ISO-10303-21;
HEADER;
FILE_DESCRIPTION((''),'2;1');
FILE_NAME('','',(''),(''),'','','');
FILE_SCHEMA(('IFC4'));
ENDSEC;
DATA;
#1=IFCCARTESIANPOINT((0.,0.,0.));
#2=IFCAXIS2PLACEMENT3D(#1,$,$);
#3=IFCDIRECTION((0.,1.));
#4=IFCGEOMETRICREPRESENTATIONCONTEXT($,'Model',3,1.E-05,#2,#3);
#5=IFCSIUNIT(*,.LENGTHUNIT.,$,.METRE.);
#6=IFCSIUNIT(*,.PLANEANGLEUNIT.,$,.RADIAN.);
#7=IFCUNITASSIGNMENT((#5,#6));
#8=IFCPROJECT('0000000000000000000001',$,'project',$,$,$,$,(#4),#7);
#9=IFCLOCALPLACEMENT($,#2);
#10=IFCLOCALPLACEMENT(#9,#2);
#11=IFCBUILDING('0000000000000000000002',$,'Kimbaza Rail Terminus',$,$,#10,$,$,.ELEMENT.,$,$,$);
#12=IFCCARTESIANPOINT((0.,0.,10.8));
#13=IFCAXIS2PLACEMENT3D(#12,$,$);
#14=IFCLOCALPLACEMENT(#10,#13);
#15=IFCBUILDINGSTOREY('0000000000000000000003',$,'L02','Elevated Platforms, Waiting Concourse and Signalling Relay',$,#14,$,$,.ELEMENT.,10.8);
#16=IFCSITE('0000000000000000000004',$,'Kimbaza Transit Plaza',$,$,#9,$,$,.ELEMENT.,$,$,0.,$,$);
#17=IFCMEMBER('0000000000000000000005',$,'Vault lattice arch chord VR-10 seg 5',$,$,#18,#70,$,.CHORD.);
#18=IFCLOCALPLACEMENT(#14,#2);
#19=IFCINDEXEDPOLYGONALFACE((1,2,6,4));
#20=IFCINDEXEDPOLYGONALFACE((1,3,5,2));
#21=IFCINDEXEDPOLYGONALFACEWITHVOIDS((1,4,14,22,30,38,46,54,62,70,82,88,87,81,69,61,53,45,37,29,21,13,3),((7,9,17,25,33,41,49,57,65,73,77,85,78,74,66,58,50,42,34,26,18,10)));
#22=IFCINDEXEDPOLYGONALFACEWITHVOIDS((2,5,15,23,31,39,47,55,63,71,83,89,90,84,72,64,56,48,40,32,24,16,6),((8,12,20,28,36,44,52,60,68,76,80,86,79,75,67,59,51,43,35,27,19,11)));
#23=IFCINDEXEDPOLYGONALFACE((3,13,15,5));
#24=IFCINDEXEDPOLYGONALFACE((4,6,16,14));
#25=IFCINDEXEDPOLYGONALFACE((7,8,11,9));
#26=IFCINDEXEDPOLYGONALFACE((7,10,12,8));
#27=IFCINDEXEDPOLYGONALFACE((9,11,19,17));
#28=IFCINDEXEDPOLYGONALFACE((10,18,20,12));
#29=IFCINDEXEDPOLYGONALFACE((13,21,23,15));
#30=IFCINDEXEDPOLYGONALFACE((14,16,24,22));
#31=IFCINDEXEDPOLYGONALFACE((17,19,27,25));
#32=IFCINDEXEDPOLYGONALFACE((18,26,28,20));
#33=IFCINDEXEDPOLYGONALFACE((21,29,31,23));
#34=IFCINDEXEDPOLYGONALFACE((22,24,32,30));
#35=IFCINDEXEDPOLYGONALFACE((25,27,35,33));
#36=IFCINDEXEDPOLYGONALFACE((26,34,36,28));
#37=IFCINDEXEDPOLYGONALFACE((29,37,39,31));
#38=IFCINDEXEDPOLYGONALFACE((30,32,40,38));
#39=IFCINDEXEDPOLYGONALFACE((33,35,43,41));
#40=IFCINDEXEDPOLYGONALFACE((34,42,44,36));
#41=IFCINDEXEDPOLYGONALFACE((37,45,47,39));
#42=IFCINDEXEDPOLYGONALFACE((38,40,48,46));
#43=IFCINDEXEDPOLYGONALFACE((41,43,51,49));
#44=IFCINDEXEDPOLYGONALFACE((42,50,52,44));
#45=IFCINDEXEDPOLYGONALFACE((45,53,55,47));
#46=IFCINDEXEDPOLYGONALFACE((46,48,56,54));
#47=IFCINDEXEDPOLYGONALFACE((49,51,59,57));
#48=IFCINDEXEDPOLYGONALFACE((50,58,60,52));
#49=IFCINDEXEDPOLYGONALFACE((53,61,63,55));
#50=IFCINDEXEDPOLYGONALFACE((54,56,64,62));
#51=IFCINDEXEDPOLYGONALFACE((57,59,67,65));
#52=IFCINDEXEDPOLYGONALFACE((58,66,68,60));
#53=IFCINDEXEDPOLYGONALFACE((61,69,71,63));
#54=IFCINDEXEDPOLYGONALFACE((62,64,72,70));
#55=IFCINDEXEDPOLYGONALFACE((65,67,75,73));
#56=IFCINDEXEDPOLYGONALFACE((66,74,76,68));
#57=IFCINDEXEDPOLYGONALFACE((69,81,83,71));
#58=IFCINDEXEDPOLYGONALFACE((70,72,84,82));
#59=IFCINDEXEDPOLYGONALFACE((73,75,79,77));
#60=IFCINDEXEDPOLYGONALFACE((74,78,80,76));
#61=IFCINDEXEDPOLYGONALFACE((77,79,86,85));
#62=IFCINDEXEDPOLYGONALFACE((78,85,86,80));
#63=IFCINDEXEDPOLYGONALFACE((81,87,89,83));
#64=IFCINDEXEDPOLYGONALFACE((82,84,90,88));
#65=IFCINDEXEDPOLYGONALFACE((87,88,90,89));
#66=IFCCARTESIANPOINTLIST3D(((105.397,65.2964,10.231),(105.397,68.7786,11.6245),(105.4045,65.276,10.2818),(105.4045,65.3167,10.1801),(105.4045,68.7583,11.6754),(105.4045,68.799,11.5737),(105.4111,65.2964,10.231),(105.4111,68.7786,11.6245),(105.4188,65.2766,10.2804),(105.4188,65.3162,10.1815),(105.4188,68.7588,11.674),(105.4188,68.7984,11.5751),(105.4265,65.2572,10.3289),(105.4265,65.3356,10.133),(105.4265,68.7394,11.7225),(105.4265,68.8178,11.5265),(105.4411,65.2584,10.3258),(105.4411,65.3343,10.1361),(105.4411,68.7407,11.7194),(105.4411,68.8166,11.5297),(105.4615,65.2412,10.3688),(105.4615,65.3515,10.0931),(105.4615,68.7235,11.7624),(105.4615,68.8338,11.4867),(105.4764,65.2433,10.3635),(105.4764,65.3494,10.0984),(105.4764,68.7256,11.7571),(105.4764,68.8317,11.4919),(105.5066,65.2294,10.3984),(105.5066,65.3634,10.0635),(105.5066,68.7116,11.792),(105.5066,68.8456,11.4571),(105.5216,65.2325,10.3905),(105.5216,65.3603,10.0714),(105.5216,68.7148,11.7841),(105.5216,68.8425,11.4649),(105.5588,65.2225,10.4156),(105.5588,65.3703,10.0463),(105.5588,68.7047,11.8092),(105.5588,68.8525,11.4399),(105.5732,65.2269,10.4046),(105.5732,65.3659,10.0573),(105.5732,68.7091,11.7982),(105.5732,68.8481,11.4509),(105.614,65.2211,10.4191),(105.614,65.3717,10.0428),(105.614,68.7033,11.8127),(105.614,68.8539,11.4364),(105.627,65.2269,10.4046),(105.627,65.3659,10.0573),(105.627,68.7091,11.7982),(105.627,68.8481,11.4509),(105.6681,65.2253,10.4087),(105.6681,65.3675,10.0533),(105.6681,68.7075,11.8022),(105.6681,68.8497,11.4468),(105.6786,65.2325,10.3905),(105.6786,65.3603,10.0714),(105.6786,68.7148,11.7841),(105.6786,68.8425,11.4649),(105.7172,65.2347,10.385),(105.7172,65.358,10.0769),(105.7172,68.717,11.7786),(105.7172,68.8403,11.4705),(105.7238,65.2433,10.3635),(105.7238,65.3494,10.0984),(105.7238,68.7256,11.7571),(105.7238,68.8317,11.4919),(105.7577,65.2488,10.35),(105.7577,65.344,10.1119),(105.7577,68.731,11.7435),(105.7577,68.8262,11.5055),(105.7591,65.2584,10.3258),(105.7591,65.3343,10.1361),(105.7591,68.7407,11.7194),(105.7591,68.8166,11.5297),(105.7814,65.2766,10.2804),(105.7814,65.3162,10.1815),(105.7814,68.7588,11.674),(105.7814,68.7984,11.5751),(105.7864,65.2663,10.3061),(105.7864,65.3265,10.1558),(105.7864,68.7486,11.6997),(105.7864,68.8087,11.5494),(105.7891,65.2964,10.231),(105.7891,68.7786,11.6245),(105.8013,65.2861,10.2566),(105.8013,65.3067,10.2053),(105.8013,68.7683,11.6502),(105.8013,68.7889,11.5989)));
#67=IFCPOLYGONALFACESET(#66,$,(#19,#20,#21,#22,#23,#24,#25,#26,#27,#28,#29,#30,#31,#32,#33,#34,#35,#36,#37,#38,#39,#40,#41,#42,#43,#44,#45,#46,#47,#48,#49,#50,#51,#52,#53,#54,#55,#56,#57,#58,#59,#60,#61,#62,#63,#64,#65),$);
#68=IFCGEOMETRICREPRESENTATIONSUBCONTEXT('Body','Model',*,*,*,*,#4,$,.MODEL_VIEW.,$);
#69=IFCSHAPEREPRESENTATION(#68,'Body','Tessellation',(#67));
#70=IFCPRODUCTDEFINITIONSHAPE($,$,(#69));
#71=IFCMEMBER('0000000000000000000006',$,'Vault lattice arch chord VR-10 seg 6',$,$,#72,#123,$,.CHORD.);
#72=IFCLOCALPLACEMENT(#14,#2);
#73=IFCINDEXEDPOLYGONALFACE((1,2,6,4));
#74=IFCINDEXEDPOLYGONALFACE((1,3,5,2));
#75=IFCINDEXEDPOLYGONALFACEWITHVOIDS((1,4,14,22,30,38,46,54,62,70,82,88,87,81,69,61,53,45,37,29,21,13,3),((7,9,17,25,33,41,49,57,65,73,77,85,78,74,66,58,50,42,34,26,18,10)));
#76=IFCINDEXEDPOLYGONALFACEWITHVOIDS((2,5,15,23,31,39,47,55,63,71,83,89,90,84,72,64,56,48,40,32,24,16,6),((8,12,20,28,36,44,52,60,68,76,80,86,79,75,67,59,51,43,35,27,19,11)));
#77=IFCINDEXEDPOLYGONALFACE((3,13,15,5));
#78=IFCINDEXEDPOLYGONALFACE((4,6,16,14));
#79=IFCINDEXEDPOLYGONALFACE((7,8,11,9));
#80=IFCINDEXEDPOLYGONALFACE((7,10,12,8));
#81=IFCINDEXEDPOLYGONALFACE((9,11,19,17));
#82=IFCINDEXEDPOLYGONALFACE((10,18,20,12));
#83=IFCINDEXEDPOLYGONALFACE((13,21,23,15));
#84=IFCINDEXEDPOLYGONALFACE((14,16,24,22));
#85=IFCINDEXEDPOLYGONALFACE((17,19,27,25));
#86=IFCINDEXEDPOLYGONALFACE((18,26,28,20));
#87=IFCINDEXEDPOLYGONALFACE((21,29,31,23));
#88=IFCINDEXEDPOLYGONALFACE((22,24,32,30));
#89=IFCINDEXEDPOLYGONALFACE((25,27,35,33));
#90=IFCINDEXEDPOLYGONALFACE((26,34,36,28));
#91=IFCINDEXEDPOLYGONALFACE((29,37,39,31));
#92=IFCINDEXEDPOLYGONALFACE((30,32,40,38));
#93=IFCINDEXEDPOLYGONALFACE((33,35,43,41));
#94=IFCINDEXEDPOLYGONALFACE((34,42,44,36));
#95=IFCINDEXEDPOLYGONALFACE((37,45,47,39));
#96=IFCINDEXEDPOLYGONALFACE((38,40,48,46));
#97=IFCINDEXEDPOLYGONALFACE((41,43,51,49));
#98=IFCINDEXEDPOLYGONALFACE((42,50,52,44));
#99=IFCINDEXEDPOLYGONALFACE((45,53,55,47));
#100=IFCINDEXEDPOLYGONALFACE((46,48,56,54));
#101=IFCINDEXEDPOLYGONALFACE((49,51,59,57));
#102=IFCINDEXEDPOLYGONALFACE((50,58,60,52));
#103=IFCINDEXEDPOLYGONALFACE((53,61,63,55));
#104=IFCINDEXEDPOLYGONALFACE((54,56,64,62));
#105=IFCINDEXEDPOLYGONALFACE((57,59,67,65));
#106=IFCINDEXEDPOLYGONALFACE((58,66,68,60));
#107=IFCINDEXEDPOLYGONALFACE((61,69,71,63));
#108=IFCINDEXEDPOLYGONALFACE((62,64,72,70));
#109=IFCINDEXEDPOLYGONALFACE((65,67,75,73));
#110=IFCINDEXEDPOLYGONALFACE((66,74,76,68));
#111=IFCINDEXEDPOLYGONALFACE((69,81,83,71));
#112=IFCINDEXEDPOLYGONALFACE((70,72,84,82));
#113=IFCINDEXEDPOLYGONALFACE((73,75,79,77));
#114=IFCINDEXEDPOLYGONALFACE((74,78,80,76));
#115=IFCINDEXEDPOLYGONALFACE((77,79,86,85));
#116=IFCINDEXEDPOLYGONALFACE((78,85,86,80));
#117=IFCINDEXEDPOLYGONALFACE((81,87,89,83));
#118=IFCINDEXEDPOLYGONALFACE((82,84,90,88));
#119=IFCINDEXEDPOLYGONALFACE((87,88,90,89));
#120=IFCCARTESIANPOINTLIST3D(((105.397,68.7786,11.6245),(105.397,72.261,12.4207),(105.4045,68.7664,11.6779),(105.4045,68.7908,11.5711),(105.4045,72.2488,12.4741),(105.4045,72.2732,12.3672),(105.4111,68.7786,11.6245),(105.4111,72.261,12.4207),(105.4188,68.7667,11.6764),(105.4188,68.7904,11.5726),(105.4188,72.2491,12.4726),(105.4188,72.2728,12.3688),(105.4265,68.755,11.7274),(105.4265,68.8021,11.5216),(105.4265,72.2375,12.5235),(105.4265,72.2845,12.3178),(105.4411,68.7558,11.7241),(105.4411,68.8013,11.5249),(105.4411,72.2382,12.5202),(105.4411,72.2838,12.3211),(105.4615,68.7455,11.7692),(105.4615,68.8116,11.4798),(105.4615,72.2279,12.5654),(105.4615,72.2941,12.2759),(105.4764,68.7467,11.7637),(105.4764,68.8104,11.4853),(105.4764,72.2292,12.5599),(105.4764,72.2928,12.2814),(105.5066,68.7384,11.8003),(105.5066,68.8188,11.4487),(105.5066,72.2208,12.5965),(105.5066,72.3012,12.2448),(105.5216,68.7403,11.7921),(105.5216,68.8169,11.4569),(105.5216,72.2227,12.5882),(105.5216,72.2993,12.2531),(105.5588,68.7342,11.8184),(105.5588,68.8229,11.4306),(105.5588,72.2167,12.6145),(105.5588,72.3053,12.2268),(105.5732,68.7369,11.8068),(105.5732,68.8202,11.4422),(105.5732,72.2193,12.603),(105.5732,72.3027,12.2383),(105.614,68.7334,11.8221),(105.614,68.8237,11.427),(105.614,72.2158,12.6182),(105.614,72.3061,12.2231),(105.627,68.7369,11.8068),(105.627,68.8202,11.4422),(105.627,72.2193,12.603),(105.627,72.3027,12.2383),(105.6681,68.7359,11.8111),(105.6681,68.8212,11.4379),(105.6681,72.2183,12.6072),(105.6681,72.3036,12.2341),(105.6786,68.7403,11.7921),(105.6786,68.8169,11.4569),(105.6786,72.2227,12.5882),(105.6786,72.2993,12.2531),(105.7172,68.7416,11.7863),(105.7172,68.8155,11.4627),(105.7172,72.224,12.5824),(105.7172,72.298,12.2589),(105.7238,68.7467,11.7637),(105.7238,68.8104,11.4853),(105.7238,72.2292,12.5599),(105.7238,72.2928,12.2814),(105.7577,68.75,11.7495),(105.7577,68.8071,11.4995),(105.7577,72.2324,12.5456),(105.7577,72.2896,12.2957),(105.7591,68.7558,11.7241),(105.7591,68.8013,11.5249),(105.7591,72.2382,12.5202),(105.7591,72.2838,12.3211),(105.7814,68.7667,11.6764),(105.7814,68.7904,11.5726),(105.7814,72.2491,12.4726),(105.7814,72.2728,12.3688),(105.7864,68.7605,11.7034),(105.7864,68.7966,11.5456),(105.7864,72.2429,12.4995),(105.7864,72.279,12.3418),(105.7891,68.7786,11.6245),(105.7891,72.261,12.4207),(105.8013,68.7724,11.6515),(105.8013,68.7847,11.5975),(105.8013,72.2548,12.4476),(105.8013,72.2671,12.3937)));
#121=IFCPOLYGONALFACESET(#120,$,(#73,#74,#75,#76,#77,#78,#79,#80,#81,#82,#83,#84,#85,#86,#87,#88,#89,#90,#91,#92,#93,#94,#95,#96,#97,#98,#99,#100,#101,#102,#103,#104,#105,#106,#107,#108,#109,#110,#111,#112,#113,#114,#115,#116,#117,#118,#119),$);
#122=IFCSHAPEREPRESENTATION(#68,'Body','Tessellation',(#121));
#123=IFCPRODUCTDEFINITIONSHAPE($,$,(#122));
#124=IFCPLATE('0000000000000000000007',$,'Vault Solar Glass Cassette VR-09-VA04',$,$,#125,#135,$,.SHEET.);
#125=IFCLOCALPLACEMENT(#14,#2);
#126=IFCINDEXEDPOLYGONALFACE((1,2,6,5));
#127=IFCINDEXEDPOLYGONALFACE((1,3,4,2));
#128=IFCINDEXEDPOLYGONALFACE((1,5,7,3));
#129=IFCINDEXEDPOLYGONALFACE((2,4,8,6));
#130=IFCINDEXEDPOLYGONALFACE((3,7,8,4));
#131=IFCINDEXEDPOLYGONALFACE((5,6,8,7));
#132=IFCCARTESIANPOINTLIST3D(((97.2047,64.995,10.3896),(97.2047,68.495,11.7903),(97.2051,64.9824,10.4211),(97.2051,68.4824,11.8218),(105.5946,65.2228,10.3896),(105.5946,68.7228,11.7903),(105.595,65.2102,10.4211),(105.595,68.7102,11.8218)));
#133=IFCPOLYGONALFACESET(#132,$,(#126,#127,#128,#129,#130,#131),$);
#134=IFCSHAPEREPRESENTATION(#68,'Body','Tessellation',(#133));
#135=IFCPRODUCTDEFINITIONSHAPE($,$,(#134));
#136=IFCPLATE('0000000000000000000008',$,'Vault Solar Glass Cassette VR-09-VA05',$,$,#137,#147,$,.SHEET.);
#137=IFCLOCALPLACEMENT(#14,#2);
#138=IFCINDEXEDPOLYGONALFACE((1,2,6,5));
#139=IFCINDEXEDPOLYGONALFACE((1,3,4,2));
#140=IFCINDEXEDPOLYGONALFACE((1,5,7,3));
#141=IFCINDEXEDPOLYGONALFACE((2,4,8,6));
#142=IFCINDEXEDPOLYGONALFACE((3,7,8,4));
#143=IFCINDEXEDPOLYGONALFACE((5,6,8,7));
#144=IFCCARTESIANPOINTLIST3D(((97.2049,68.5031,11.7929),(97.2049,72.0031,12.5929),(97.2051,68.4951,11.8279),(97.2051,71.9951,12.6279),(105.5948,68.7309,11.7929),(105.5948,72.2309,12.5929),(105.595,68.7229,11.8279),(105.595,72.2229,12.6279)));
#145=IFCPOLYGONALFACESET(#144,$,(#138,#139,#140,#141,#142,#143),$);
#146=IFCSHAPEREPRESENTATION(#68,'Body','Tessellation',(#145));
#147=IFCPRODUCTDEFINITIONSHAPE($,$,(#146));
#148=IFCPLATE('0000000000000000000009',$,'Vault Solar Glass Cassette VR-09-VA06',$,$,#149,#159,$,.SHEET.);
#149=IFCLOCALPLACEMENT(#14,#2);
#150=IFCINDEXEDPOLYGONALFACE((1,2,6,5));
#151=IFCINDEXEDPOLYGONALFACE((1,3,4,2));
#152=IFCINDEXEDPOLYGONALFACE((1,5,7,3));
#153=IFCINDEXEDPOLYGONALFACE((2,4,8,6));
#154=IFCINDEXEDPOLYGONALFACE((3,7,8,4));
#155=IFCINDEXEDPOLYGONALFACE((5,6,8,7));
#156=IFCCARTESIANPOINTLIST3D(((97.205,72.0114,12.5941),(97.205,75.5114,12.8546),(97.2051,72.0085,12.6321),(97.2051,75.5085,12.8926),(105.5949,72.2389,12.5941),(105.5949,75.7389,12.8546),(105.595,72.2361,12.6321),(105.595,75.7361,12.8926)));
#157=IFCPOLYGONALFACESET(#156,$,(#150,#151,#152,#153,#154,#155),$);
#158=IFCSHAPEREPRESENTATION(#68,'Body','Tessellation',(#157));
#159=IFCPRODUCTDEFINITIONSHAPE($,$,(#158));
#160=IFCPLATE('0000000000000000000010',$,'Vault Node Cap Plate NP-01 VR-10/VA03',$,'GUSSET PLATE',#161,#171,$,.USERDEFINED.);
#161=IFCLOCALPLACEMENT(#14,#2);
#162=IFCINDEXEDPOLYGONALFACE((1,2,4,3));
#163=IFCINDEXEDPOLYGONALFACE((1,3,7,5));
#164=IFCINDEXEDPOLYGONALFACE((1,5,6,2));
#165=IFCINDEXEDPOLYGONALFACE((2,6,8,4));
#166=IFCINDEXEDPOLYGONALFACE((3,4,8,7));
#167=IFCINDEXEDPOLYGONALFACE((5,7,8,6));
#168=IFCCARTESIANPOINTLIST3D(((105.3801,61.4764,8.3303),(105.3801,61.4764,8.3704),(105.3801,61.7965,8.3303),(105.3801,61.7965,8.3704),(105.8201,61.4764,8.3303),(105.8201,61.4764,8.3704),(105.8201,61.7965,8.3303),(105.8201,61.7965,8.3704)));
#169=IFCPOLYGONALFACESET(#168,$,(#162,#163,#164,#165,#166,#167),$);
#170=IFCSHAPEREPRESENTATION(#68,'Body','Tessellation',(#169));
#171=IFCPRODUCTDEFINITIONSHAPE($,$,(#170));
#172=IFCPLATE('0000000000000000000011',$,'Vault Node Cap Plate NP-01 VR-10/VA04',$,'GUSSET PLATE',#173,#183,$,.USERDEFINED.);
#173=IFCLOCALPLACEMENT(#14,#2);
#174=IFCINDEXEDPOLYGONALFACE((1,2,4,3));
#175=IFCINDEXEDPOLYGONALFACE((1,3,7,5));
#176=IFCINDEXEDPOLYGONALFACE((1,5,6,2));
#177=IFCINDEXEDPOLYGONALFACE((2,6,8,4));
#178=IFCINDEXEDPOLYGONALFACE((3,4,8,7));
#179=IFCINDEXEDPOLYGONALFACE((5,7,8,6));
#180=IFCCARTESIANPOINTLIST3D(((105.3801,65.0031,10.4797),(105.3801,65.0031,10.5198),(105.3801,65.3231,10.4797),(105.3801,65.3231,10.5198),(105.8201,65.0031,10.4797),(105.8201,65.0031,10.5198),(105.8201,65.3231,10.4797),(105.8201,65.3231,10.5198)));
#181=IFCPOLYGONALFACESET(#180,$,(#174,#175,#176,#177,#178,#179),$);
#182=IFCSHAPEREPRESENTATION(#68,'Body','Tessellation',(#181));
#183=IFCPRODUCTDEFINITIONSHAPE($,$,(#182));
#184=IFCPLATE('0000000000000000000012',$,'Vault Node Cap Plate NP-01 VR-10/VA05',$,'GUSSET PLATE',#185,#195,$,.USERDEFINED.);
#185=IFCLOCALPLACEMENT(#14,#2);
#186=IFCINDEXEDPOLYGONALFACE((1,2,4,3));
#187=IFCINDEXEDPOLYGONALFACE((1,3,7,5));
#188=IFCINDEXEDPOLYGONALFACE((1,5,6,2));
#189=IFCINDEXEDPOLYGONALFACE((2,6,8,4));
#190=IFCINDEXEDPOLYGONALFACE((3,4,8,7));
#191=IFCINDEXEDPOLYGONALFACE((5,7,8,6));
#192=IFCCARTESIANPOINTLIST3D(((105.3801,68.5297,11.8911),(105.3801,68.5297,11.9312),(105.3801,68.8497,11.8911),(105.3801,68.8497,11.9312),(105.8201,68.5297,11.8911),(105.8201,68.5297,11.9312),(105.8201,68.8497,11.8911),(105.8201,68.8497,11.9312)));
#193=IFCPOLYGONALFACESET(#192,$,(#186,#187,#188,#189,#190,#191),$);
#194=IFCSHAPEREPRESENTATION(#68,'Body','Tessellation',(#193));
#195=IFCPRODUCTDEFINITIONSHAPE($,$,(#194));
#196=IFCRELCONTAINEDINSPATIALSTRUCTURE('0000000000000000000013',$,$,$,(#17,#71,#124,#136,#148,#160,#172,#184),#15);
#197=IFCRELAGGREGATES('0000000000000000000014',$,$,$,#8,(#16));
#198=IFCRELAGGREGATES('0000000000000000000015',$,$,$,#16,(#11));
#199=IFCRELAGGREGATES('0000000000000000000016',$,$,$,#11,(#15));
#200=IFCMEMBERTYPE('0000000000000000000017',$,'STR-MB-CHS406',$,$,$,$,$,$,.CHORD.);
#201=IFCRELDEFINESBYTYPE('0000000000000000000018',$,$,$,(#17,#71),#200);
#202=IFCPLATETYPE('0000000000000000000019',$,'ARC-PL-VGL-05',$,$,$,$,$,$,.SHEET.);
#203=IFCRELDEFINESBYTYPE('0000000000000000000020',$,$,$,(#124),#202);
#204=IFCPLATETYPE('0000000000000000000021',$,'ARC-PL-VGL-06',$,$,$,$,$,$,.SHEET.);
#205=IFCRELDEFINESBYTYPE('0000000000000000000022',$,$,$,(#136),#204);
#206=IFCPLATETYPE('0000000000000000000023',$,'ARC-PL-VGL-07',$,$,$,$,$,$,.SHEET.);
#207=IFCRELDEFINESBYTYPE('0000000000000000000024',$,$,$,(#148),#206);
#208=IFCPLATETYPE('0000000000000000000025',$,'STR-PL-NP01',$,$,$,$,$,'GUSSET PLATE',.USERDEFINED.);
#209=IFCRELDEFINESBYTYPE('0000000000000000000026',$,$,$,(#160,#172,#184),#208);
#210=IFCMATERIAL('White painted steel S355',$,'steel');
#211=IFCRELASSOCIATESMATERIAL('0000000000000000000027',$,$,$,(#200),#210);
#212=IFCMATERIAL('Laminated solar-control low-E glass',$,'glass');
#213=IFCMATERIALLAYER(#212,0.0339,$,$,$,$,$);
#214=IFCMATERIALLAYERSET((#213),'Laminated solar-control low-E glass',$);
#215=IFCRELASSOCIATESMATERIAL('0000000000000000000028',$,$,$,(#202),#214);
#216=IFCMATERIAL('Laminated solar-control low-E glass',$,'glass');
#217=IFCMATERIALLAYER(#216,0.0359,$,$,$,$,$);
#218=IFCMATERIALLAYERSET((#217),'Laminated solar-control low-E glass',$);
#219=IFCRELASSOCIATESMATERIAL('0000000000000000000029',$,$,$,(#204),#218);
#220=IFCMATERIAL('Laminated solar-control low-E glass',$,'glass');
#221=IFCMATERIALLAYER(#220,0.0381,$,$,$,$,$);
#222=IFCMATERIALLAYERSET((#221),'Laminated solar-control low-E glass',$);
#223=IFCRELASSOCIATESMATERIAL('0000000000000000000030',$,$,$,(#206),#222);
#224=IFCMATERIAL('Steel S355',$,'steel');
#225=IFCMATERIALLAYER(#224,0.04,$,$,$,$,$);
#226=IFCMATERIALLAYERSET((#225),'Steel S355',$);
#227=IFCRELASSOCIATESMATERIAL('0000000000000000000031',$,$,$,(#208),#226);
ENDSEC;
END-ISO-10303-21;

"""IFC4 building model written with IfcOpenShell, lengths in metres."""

from ifc_helpers import new_model, si_unit, direction, frame, origin, origin_2d, place, context, subcontext, project, spatial, polyline, rectangle, hollow_circle, outline, extrude, material, layer, layer_set, material_profile, profile_set, type_object, element, save


model = new_model("IFC4")

# Units and contexts
model_context = context("Model", 3, precision=1e-05, world=origin(), true_north=direction((0.0, 1.0)))
body_context = subcontext(model_context, "Body", "Model", "MODEL_VIEW")
ifc_project = project(units=[si_unit("LENGTHUNIT", "METRE"), si_unit("PLANEANGLEUNIT", "RADIAN")], contexts=[model_context])

# Site, building, storey
site_placement = place(None, origin())
site = spatial("IfcSite", under=ifc_project, at=site_placement, Name="Kimbaza Transit Plaza", CompositionType="ELEMENT", RefElevation=0.0)
building_placement = place(site_placement, origin())
building = spatial("IfcBuilding", under=site, at=building_placement, Name="Kimbaza Rail Terminus", CompositionType="ELEMENT")
storey_placement = place(building_placement, frame((0.0, 0.0, 10.8)))
storey = spatial("IfcBuildingStorey", under=building, at=storey_placement, Name="L02", Description="Elevated Platforms, Waiting Concourse and Signalling Relay", CompositionType="ELEMENT", Elevation=10.8)

# Members
ifc_material_1 = material(Name="White painted steel S355", Category="steel")
ifc_material_profile_1 = material_profile(ifc_material_1, hollow_circle(Radius=0.2031, WallThickness=0.0142, at=origin_2d()), Name="CHS 406.4x14.2")
ifc_profile_set_1 = profile_set([ifc_material_profile_1], Name="White painted steel S355")
member_type_1 = type_object("IfcMemberType", Name="STR-MB-CHS406", PredefinedType="CHORD", material=ifc_profile_set_1)
member_1_placement = place(storey_placement, frame((105.6001, 65.2964, 10.231), z_axis=(0.0, 0.928414, 0.371548), x_axis=(-1.0, 0.0, 0.0)))
element("IfcMember", 1, at=member_1_placement, inside=storey, type_object=member_type_1, Name="Vault lattice arch chord VR-10 seg 5", PredefinedType="CHORD", context=body_context, shape_type="SweptSolid", body=[
    extrude(hollow_circle(Radius=0.2031, WallThickness=0.0142, at=origin_2d()), origin(), (0.0, 0.0, 1.0), 3.7507),
])
member_2_placement = place(storey_placement, frame((105.6001, 68.7786, 11.6245), z_axis=(0.0, 0.974849, 0.222867), x_axis=(-1.0, 0.0, 0.0)))
element("IfcMember", 2, at=member_2_placement, inside=storey, type_object=member_type_1, Name="Vault lattice arch chord VR-10 seg 6", PredefinedType="CHORD", context=body_context, shape_type="SweptSolid", body=[
    extrude(hollow_circle(Radius=0.2031, WallThickness=0.0142, at=origin_2d()), origin(), (0.0, 0.0, 1.0), 3.5723),
])

# Plates
ifc_material_2 = material(Name="Laminated solar-control low-E glass", Category="glass")
ifc_layer_1 = layer(ifc_material_2, 0.0339)
ifc_layer_set_1 = layer_set([ifc_layer_1], Name="Laminated solar-control low-E glass")
plate_type_1 = type_object("IfcPlateType", Name="ARC-PL-VGL-05", PredefinedType="SHEET", material=ifc_layer_set_1)
plate_1_placement = place(storey_placement, frame((97.2051, 64.9824, 10.4211), z_axis=(0.010087, -0.371517, 0.928371), x_axis=(0.999632, 0.02714, 0.0)))
element("IfcPlate", 3, at=plate_1_placement, inside=storey, type_object=plate_type_1, Name="Vault Solar Glass Cassette VR-09-VA04", PredefinedType="SHEET", context=body_context, shape_type="SweptSolid", body=[
    extrude(outline(polyline([(0.0, 0.0), (8.393, 0.0), (8.488, 3.7687), (0.095, 3.7687), (0.0, 0.0)])), origin(), (0.0, 0.0, -1.0), 0.0339),
])
ifc_material_3 = material(Name="Laminated solar-control low-E glass", Category="glass")
ifc_layer_2 = layer(ifc_material_3, 0.0359)
ifc_layer_set_2 = layer_set([ifc_layer_2], Name="Laminated solar-control low-E glass")
plate_type_2 = type_object("IfcPlateType", Name="ARC-PL-VGL-06", PredefinedType="SHEET", material=ifc_layer_set_2)
plate_2_placement = place(storey_placement, frame((97.2051, 68.4951, 11.8279), z_axis=(0.00605, -0.222834, 0.974838), x_axis=(0.999632, 0.02714, 0.0)))
element("IfcPlate", 4, at=plate_2_placement, inside=storey, type_object=plate_type_2, Name="Vault Solar Glass Cassette VR-09-VA05", PredefinedType="SHEET", context=body_context, shape_type="SweptSolid", body=[
    extrude(outline(polyline([(0.0, 0.0), (8.393, 0.0), (8.488, 3.589), (0.095, 3.589), (0.0, 0.0)])), origin(), (0.0, 0.0, -1.0), 0.0359),
])
ifc_material_4 = material(Name="Laminated solar-control low-E glass", Category="glass")
ifc_layer_3 = layer(ifc_material_4, 0.0381)
ifc_layer_set_3 = layer_set([ifc_layer_3], Name="Laminated solar-control low-E glass")
plate_type_3 = type_object("IfcPlateType", Name="ARC-PL-VGL-07", PredefinedType="SHEET", material=ifc_layer_set_3)
plate_3_placement = place(storey_placement, frame((97.2051, 72.0085, 12.6321), z_axis=(0.002013, -0.074223, 0.99724), x_axis=(0.999632, 0.027111, 0.0)))
element("IfcPlate", 5, at=plate_3_placement, inside=storey, type_object=plate_type_3, Name="Vault Solar Glass Cassette VR-09-VA06", PredefinedType="SHEET", context=body_context, shape_type="SweptSolid", body=[
    extrude(outline(polyline([(0.0, 0.0), (8.393, 0.0), (8.4879, 3.5084), (0.0949, 3.5084), (0.0, 0.0)])), origin(), (0.0, 0.0, -1.0), 0.0381),
])
ifc_material_5 = material(Name="Steel S355", Category="steel")
ifc_layer_4 = layer(ifc_material_5, 0.04)
ifc_layer_set_4 = layer_set([ifc_layer_4], Name="Steel S355")
plate_type_4 = type_object("IfcPlateType", Name="STR-PL-NP01", ElementType="GUSSET PLATE", PredefinedType="USERDEFINED", material=ifc_layer_set_4)
for number, where, z_axis, x_axis, name in (
    (6, (105.6001, 61.6365, 8.3303), (0.0, 0.0, 1.0), (1.0, 0.0, 0.0), "Vault Node Cap Plate NP-01 VR-10/VA03"),
    (7, (105.6001, 65.1631, 10.4797), (0.0, 0.0, 1.0), (1.0, 0.0, 0.0), "Vault Node Cap Plate NP-01 VR-10/VA04"),
    (8, (105.6001, 68.6897, 11.8911), (0.0, 0.0, 1.0), (1.0, 0.0, 0.0), "Vault Node Cap Plate NP-01 VR-10/VA05"),
):
    element("IfcPlate", number, at=place(storey_placement, frame(where, z_axis=z_axis, x_axis=x_axis)), inside=storey, type_object=plate_type_4, Name=name, ObjectType="GUSSET PLATE", PredefinedType="USERDEFINED", context=body_context, shape_type="SweptSolid", body=[
        extrude(rectangle(XDim=0.4399, YDim=0.3201, at=origin_2d()), origin(), (0.0, 0.0, 1.0), 0.04),
    ])

save(model, "model.ifc")
